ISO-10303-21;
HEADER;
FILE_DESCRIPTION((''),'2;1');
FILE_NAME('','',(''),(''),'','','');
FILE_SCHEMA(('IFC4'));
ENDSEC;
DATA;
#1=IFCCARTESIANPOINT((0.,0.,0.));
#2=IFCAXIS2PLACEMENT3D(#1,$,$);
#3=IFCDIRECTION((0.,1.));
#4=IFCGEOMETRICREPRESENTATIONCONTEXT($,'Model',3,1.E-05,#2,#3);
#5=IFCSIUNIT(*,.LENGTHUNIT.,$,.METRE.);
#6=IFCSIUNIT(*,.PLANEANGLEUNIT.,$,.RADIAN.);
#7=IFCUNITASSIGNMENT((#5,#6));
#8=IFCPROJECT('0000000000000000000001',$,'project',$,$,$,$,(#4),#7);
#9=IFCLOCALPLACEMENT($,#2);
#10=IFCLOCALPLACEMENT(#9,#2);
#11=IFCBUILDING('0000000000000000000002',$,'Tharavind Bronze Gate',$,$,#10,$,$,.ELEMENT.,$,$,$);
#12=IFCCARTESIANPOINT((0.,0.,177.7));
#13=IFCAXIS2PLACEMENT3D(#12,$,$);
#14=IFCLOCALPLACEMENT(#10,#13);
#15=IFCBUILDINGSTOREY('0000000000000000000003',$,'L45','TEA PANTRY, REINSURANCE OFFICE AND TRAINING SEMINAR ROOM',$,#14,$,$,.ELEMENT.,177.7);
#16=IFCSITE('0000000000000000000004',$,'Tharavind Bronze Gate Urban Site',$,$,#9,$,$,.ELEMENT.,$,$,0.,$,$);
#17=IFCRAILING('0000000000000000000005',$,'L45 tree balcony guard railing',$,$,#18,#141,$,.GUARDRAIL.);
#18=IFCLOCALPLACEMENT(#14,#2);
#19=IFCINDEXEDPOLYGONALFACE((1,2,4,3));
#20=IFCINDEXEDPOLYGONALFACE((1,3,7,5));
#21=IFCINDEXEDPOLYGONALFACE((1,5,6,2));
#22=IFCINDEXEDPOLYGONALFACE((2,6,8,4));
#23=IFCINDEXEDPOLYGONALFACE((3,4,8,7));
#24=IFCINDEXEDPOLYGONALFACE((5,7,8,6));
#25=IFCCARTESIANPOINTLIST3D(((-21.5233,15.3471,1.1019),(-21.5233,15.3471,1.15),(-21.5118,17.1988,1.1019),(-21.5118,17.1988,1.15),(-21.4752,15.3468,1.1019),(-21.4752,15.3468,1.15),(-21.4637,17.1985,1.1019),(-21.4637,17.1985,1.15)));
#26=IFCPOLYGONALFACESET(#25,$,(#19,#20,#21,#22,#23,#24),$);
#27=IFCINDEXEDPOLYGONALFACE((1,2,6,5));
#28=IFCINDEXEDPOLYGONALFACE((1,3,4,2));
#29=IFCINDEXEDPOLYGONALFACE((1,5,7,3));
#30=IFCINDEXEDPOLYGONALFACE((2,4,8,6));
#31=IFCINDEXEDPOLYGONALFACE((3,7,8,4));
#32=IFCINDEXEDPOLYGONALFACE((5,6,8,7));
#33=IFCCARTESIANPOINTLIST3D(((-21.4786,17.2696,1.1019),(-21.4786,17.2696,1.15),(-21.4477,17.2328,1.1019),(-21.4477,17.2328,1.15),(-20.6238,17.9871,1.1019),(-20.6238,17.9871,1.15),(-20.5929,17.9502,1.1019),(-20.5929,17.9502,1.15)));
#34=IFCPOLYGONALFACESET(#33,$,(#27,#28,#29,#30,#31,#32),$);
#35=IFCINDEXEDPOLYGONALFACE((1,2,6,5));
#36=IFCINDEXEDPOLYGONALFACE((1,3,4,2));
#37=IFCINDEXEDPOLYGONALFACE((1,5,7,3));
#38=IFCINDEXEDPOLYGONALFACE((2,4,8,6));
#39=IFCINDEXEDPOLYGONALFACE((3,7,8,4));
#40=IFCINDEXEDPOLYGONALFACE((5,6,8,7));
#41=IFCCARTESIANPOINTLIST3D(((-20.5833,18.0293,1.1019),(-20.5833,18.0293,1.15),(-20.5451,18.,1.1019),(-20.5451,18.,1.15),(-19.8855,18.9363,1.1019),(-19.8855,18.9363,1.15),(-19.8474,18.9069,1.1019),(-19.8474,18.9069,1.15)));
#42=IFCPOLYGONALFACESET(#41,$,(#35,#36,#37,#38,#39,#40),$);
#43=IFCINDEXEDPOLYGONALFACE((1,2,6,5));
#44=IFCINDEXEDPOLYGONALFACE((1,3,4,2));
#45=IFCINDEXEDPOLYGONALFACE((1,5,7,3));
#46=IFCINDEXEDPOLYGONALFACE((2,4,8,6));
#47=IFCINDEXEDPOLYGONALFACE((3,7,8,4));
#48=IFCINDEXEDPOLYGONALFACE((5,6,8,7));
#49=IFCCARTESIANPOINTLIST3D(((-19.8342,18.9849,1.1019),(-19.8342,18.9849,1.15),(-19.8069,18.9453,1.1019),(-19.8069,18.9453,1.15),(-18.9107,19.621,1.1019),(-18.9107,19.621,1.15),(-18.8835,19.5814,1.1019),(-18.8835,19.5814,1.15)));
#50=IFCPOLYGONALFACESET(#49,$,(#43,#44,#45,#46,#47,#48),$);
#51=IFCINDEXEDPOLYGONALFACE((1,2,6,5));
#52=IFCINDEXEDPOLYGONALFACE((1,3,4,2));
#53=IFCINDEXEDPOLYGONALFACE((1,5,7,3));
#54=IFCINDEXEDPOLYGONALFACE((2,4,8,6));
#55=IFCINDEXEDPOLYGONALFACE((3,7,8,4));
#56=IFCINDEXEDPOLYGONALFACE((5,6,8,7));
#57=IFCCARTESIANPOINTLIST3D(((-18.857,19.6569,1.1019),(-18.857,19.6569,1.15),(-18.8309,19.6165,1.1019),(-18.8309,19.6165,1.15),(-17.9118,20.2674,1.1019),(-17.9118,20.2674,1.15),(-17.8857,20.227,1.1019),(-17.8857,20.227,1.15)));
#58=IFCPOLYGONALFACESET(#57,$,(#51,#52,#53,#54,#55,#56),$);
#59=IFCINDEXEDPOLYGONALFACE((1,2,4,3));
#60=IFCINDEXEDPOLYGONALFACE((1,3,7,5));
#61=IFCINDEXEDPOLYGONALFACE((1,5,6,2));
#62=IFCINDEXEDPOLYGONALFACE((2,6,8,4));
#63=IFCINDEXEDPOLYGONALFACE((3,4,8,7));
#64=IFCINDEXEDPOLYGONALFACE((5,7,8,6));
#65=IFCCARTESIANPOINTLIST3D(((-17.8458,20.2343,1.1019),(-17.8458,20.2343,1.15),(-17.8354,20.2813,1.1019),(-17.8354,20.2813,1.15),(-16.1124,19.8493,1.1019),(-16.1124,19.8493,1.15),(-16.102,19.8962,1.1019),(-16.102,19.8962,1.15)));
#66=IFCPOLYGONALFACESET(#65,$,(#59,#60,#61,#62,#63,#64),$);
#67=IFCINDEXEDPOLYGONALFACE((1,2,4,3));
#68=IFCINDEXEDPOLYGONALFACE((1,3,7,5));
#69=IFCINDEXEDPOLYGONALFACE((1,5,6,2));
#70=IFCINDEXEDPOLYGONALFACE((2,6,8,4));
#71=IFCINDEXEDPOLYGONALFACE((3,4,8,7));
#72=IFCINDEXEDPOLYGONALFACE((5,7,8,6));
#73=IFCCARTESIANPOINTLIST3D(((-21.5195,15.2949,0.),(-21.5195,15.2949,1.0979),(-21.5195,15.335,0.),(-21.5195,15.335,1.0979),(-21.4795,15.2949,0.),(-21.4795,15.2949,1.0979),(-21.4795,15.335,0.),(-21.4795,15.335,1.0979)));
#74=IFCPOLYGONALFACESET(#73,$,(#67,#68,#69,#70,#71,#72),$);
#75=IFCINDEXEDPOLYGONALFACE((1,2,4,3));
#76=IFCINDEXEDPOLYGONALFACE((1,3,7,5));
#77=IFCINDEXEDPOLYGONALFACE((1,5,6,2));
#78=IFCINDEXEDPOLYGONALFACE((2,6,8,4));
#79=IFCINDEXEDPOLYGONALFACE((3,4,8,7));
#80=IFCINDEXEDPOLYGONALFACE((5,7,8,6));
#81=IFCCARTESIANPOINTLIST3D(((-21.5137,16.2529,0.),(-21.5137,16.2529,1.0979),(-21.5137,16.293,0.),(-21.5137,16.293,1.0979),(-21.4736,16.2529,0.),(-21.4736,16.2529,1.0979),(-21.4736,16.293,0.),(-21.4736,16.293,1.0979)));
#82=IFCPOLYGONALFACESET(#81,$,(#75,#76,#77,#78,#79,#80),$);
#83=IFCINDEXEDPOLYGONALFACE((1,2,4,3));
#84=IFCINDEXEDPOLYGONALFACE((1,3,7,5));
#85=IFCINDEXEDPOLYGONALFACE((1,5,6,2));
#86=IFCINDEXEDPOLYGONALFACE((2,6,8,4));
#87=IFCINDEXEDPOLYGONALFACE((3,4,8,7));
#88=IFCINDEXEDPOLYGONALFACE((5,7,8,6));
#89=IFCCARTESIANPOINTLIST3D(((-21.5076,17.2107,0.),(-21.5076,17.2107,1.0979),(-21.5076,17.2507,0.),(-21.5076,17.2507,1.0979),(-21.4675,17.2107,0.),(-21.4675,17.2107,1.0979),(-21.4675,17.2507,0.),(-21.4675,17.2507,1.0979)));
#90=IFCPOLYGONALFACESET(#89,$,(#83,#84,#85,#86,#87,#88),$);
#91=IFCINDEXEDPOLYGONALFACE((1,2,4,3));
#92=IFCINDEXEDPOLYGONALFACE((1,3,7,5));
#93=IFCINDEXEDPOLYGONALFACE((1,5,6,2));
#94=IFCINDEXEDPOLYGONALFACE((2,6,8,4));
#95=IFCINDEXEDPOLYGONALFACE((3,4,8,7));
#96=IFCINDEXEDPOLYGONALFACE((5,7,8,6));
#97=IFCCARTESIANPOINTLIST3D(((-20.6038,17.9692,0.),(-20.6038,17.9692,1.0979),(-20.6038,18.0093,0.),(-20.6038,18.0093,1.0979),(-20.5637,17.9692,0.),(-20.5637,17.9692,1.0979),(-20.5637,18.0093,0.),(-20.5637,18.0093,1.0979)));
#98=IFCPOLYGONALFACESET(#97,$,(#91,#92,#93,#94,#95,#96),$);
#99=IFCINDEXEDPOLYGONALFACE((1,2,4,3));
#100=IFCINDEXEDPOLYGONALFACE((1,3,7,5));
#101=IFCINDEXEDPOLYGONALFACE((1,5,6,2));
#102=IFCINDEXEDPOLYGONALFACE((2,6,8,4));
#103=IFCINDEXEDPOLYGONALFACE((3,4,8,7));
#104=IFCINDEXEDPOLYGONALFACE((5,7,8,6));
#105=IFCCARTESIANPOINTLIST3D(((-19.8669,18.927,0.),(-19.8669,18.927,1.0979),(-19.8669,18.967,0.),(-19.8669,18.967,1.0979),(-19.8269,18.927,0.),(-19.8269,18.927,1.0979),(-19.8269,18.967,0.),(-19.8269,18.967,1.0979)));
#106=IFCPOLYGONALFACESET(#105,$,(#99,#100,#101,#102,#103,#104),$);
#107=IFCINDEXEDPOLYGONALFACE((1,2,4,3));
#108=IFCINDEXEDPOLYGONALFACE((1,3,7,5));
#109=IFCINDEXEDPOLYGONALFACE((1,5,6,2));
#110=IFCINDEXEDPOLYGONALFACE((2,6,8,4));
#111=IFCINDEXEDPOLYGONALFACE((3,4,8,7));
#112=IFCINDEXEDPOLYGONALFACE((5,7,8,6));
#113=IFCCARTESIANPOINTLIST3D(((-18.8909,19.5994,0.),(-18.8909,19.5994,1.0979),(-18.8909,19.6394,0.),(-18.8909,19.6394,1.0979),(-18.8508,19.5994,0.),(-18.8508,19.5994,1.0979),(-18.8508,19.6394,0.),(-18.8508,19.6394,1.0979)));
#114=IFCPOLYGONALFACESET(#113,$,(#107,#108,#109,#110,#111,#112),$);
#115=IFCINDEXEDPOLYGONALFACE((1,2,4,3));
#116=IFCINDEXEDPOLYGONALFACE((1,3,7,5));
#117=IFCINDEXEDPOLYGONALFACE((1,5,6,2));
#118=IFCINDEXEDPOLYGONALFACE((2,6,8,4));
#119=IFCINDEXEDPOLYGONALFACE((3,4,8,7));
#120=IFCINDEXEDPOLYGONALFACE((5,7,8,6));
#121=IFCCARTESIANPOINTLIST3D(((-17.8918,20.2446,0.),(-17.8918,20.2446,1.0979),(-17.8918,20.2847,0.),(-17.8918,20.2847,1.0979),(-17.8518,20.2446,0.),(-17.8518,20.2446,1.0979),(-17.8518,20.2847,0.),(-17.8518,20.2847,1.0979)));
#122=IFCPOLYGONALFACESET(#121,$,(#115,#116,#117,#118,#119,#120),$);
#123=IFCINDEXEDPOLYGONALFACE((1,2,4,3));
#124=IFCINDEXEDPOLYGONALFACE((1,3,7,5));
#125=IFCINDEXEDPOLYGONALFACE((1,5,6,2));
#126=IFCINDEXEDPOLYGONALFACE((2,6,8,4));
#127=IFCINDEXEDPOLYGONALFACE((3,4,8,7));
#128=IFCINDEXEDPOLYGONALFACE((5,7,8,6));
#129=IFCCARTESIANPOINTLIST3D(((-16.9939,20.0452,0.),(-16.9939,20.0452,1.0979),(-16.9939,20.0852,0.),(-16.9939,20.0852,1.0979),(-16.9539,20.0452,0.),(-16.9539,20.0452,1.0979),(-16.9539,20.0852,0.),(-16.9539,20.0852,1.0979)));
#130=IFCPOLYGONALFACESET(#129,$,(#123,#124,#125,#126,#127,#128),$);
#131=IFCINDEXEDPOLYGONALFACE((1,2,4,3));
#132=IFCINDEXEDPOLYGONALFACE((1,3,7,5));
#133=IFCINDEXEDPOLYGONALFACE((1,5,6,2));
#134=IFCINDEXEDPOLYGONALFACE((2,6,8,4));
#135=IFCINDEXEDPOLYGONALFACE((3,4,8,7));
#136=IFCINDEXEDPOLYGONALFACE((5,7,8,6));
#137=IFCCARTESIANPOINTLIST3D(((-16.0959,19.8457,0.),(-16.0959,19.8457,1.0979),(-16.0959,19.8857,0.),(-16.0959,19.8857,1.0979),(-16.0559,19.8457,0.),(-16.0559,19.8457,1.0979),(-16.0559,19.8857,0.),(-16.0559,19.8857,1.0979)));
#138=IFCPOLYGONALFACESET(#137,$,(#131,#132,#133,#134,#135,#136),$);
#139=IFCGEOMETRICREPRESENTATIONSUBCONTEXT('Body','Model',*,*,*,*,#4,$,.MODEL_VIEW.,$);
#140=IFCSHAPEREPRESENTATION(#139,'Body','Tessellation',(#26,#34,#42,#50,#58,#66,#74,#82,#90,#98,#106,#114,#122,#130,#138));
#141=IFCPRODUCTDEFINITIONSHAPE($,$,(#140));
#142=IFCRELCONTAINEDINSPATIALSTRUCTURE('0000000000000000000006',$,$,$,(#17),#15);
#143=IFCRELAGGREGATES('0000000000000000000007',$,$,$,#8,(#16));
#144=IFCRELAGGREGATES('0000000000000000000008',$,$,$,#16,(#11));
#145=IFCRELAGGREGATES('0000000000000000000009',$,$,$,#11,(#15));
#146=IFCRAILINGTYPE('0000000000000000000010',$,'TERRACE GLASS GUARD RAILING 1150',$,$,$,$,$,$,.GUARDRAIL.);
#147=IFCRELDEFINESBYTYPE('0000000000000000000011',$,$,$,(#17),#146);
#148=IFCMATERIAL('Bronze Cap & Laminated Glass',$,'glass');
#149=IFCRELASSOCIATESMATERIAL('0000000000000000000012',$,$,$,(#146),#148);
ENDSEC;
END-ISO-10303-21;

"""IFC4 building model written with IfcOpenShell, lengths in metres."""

from ifc_helpers import new_model, si_unit, direction, frame, origin, origin_2d, place, context, subcontext, project, spatial, rectangle, extrude, material, type_object, element, save


model = new_model("IFC4")

# Units and contexts
model_context = context("Model", 3, precision=1e-05, world=origin(), true_north=direction((0.0, 1.0)))
body_context = subcontext(model_context, "Body", "Model", "MODEL_VIEW")
ifc_project = project(units=[si_unit("LENGTHUNIT", "METRE"), si_unit("PLANEANGLEUNIT", "RADIAN")], contexts=[model_context])

# Site, building, storey
site_placement = place(None, origin())
site = spatial("IfcSite", under=ifc_project, at=site_placement, Name="Tharavind Bronze Gate Urban Site", CompositionType="ELEMENT", RefElevation=0.0)
building_placement = place(site_placement, origin())
building = spatial("IfcBuilding", under=site, at=building_placement, Name="Tharavind Bronze Gate", CompositionType="ELEMENT")
storey_placement = place(building_placement, frame((0.0, 0.0, 177.7)))
storey = spatial("IfcBuildingStorey", under=building, at=storey_placement, Name="L45", Description="TEA PANTRY, REINSURANCE OFFICE AND TRAINING SEMINAR ROOM", CompositionType="ELEMENT", Elevation=177.7)

# Railing
ifc_material_1 = material(Name="Bronze Cap & Laminated Glass", Category="glass")
railing_type = type_object("IfcRailingType", Name="TERRACE GLASS GUARD RAILING 1150", PredefinedType="GUARDRAIL", material=ifc_material_1)
railing_placement = place(storey_placement, frame((-21.4995, 15.3149, 0.0)))
element("IfcRailing", 1, at=railing_placement, inside=storey, type_object=railing_type, Name="L45 tree balcony guard railing", PredefinedType="GUARDRAIL", context=body_context, shape_type="SweptSolid", body=[
    extrude(rectangle(XDim=0.0481, YDim=0.0481, at=origin_2d()), frame((0.0002, 0.032, 1.126), z_axis=(0.006244, 0.999981, 0.0), x_axis=(-0.999981, 0.006244, 0.0)), (0.0, 0.0, 1.0), 1.8518),
    extrude(rectangle(XDim=0.0481, YDim=0.0481, at=origin_2d()), frame((0.0364, 1.9363, 1.126), z_axis=(0.765978, 0.642867, 0.0), x_axis=(-0.642867, 0.765978, 0.0)), (0.0, 0.0, 1.0), 1.116),
    extrude(rectangle(XDim=0.0481, YDim=0.0481, at=origin_2d()), frame((0.9353, 2.6997, 1.126), z_axis=(0.60975, 0.792594, 0.0), x_axis=(-0.792594, 0.60975, 0.0)), (0.0, 0.0, 1.0), 1.1443),
    extrude(rectangle(XDim=0.0481, YDim=0.0481, at=origin_2d()), frame((1.679, 3.6501, 1.126), z_axis=(0.823525, 0.56728, 0.0), x_axis=(-0.56728, 0.823525, 0.0)), (0.0, 0.0, 1.0), 1.1213),
    extrude(rectangle(XDim=0.0481, YDim=0.0481, at=origin_2d()), frame((2.6555, 4.3218, 1.126), z_axis=(0.840016, 0.542562, 0.0), x_axis=(-0.542562, 0.840016, 0.0)), (0.0, 0.0, 1.0), 1.1252),
    extrude(rectangle(XDim=0.0481, YDim=0.0481, at=origin_2d()), frame((3.6589, 4.9429, 1.126), z_axis=(0.976206, -0.216846, 0.0), x_axis=(0.216846, 0.976206, 0.0)), (0.0, 0.0, 1.0), 1.7756),
    extrude(rectangle(XDim=0.04, YDim=0.04, at=origin_2d()), origin(), (0.0, 0.0, 1.0), 1.0979),
    extrude(rectangle(XDim=0.04, YDim=0.04, at=origin_2d()), frame((0.0059, 0.958, 0.0)), (0.0, 0.0, 1.0), 1.0979),
    extrude(rectangle(XDim=0.04, YDim=0.04, at=origin_2d()), frame((0.012, 1.9158, 0.0)), (0.0, 0.0, 1.0), 1.0979),
    extrude(rectangle(XDim=0.04, YDim=0.04, at=origin_2d()), frame((0.9158, 2.6743, 0.0)), (0.0, 0.0, 1.0), 1.0979),
    extrude(rectangle(XDim=0.04, YDim=0.04, at=origin_2d()), frame((1.6526, 3.6321, 0.0)), (0.0, 0.0, 1.0), 1.0979),
    extrude(rectangle(XDim=0.04, YDim=0.04, at=origin_2d()), frame((2.6287, 4.3044, 0.0)), (0.0, 0.0, 1.0), 1.0979),
    extrude(rectangle(XDim=0.04, YDim=0.04, at=origin_2d()), frame((3.6277, 4.9497, 0.0)), (0.0, 0.0, 1.0), 1.0979),
    extrude(rectangle(XDim=0.04, YDim=0.04, at=origin_2d()), frame((4.5256, 4.7502, 0.0)), (0.0, 0.0, 1.0), 1.0979),
    extrude(rectangle(XDim=0.04, YDim=0.04, at=origin_2d()), frame((5.4236, 4.5508, 0.0)), (0.0, 0.0, 1.0), 1.0979),
])

save(model, "model.ifc")
